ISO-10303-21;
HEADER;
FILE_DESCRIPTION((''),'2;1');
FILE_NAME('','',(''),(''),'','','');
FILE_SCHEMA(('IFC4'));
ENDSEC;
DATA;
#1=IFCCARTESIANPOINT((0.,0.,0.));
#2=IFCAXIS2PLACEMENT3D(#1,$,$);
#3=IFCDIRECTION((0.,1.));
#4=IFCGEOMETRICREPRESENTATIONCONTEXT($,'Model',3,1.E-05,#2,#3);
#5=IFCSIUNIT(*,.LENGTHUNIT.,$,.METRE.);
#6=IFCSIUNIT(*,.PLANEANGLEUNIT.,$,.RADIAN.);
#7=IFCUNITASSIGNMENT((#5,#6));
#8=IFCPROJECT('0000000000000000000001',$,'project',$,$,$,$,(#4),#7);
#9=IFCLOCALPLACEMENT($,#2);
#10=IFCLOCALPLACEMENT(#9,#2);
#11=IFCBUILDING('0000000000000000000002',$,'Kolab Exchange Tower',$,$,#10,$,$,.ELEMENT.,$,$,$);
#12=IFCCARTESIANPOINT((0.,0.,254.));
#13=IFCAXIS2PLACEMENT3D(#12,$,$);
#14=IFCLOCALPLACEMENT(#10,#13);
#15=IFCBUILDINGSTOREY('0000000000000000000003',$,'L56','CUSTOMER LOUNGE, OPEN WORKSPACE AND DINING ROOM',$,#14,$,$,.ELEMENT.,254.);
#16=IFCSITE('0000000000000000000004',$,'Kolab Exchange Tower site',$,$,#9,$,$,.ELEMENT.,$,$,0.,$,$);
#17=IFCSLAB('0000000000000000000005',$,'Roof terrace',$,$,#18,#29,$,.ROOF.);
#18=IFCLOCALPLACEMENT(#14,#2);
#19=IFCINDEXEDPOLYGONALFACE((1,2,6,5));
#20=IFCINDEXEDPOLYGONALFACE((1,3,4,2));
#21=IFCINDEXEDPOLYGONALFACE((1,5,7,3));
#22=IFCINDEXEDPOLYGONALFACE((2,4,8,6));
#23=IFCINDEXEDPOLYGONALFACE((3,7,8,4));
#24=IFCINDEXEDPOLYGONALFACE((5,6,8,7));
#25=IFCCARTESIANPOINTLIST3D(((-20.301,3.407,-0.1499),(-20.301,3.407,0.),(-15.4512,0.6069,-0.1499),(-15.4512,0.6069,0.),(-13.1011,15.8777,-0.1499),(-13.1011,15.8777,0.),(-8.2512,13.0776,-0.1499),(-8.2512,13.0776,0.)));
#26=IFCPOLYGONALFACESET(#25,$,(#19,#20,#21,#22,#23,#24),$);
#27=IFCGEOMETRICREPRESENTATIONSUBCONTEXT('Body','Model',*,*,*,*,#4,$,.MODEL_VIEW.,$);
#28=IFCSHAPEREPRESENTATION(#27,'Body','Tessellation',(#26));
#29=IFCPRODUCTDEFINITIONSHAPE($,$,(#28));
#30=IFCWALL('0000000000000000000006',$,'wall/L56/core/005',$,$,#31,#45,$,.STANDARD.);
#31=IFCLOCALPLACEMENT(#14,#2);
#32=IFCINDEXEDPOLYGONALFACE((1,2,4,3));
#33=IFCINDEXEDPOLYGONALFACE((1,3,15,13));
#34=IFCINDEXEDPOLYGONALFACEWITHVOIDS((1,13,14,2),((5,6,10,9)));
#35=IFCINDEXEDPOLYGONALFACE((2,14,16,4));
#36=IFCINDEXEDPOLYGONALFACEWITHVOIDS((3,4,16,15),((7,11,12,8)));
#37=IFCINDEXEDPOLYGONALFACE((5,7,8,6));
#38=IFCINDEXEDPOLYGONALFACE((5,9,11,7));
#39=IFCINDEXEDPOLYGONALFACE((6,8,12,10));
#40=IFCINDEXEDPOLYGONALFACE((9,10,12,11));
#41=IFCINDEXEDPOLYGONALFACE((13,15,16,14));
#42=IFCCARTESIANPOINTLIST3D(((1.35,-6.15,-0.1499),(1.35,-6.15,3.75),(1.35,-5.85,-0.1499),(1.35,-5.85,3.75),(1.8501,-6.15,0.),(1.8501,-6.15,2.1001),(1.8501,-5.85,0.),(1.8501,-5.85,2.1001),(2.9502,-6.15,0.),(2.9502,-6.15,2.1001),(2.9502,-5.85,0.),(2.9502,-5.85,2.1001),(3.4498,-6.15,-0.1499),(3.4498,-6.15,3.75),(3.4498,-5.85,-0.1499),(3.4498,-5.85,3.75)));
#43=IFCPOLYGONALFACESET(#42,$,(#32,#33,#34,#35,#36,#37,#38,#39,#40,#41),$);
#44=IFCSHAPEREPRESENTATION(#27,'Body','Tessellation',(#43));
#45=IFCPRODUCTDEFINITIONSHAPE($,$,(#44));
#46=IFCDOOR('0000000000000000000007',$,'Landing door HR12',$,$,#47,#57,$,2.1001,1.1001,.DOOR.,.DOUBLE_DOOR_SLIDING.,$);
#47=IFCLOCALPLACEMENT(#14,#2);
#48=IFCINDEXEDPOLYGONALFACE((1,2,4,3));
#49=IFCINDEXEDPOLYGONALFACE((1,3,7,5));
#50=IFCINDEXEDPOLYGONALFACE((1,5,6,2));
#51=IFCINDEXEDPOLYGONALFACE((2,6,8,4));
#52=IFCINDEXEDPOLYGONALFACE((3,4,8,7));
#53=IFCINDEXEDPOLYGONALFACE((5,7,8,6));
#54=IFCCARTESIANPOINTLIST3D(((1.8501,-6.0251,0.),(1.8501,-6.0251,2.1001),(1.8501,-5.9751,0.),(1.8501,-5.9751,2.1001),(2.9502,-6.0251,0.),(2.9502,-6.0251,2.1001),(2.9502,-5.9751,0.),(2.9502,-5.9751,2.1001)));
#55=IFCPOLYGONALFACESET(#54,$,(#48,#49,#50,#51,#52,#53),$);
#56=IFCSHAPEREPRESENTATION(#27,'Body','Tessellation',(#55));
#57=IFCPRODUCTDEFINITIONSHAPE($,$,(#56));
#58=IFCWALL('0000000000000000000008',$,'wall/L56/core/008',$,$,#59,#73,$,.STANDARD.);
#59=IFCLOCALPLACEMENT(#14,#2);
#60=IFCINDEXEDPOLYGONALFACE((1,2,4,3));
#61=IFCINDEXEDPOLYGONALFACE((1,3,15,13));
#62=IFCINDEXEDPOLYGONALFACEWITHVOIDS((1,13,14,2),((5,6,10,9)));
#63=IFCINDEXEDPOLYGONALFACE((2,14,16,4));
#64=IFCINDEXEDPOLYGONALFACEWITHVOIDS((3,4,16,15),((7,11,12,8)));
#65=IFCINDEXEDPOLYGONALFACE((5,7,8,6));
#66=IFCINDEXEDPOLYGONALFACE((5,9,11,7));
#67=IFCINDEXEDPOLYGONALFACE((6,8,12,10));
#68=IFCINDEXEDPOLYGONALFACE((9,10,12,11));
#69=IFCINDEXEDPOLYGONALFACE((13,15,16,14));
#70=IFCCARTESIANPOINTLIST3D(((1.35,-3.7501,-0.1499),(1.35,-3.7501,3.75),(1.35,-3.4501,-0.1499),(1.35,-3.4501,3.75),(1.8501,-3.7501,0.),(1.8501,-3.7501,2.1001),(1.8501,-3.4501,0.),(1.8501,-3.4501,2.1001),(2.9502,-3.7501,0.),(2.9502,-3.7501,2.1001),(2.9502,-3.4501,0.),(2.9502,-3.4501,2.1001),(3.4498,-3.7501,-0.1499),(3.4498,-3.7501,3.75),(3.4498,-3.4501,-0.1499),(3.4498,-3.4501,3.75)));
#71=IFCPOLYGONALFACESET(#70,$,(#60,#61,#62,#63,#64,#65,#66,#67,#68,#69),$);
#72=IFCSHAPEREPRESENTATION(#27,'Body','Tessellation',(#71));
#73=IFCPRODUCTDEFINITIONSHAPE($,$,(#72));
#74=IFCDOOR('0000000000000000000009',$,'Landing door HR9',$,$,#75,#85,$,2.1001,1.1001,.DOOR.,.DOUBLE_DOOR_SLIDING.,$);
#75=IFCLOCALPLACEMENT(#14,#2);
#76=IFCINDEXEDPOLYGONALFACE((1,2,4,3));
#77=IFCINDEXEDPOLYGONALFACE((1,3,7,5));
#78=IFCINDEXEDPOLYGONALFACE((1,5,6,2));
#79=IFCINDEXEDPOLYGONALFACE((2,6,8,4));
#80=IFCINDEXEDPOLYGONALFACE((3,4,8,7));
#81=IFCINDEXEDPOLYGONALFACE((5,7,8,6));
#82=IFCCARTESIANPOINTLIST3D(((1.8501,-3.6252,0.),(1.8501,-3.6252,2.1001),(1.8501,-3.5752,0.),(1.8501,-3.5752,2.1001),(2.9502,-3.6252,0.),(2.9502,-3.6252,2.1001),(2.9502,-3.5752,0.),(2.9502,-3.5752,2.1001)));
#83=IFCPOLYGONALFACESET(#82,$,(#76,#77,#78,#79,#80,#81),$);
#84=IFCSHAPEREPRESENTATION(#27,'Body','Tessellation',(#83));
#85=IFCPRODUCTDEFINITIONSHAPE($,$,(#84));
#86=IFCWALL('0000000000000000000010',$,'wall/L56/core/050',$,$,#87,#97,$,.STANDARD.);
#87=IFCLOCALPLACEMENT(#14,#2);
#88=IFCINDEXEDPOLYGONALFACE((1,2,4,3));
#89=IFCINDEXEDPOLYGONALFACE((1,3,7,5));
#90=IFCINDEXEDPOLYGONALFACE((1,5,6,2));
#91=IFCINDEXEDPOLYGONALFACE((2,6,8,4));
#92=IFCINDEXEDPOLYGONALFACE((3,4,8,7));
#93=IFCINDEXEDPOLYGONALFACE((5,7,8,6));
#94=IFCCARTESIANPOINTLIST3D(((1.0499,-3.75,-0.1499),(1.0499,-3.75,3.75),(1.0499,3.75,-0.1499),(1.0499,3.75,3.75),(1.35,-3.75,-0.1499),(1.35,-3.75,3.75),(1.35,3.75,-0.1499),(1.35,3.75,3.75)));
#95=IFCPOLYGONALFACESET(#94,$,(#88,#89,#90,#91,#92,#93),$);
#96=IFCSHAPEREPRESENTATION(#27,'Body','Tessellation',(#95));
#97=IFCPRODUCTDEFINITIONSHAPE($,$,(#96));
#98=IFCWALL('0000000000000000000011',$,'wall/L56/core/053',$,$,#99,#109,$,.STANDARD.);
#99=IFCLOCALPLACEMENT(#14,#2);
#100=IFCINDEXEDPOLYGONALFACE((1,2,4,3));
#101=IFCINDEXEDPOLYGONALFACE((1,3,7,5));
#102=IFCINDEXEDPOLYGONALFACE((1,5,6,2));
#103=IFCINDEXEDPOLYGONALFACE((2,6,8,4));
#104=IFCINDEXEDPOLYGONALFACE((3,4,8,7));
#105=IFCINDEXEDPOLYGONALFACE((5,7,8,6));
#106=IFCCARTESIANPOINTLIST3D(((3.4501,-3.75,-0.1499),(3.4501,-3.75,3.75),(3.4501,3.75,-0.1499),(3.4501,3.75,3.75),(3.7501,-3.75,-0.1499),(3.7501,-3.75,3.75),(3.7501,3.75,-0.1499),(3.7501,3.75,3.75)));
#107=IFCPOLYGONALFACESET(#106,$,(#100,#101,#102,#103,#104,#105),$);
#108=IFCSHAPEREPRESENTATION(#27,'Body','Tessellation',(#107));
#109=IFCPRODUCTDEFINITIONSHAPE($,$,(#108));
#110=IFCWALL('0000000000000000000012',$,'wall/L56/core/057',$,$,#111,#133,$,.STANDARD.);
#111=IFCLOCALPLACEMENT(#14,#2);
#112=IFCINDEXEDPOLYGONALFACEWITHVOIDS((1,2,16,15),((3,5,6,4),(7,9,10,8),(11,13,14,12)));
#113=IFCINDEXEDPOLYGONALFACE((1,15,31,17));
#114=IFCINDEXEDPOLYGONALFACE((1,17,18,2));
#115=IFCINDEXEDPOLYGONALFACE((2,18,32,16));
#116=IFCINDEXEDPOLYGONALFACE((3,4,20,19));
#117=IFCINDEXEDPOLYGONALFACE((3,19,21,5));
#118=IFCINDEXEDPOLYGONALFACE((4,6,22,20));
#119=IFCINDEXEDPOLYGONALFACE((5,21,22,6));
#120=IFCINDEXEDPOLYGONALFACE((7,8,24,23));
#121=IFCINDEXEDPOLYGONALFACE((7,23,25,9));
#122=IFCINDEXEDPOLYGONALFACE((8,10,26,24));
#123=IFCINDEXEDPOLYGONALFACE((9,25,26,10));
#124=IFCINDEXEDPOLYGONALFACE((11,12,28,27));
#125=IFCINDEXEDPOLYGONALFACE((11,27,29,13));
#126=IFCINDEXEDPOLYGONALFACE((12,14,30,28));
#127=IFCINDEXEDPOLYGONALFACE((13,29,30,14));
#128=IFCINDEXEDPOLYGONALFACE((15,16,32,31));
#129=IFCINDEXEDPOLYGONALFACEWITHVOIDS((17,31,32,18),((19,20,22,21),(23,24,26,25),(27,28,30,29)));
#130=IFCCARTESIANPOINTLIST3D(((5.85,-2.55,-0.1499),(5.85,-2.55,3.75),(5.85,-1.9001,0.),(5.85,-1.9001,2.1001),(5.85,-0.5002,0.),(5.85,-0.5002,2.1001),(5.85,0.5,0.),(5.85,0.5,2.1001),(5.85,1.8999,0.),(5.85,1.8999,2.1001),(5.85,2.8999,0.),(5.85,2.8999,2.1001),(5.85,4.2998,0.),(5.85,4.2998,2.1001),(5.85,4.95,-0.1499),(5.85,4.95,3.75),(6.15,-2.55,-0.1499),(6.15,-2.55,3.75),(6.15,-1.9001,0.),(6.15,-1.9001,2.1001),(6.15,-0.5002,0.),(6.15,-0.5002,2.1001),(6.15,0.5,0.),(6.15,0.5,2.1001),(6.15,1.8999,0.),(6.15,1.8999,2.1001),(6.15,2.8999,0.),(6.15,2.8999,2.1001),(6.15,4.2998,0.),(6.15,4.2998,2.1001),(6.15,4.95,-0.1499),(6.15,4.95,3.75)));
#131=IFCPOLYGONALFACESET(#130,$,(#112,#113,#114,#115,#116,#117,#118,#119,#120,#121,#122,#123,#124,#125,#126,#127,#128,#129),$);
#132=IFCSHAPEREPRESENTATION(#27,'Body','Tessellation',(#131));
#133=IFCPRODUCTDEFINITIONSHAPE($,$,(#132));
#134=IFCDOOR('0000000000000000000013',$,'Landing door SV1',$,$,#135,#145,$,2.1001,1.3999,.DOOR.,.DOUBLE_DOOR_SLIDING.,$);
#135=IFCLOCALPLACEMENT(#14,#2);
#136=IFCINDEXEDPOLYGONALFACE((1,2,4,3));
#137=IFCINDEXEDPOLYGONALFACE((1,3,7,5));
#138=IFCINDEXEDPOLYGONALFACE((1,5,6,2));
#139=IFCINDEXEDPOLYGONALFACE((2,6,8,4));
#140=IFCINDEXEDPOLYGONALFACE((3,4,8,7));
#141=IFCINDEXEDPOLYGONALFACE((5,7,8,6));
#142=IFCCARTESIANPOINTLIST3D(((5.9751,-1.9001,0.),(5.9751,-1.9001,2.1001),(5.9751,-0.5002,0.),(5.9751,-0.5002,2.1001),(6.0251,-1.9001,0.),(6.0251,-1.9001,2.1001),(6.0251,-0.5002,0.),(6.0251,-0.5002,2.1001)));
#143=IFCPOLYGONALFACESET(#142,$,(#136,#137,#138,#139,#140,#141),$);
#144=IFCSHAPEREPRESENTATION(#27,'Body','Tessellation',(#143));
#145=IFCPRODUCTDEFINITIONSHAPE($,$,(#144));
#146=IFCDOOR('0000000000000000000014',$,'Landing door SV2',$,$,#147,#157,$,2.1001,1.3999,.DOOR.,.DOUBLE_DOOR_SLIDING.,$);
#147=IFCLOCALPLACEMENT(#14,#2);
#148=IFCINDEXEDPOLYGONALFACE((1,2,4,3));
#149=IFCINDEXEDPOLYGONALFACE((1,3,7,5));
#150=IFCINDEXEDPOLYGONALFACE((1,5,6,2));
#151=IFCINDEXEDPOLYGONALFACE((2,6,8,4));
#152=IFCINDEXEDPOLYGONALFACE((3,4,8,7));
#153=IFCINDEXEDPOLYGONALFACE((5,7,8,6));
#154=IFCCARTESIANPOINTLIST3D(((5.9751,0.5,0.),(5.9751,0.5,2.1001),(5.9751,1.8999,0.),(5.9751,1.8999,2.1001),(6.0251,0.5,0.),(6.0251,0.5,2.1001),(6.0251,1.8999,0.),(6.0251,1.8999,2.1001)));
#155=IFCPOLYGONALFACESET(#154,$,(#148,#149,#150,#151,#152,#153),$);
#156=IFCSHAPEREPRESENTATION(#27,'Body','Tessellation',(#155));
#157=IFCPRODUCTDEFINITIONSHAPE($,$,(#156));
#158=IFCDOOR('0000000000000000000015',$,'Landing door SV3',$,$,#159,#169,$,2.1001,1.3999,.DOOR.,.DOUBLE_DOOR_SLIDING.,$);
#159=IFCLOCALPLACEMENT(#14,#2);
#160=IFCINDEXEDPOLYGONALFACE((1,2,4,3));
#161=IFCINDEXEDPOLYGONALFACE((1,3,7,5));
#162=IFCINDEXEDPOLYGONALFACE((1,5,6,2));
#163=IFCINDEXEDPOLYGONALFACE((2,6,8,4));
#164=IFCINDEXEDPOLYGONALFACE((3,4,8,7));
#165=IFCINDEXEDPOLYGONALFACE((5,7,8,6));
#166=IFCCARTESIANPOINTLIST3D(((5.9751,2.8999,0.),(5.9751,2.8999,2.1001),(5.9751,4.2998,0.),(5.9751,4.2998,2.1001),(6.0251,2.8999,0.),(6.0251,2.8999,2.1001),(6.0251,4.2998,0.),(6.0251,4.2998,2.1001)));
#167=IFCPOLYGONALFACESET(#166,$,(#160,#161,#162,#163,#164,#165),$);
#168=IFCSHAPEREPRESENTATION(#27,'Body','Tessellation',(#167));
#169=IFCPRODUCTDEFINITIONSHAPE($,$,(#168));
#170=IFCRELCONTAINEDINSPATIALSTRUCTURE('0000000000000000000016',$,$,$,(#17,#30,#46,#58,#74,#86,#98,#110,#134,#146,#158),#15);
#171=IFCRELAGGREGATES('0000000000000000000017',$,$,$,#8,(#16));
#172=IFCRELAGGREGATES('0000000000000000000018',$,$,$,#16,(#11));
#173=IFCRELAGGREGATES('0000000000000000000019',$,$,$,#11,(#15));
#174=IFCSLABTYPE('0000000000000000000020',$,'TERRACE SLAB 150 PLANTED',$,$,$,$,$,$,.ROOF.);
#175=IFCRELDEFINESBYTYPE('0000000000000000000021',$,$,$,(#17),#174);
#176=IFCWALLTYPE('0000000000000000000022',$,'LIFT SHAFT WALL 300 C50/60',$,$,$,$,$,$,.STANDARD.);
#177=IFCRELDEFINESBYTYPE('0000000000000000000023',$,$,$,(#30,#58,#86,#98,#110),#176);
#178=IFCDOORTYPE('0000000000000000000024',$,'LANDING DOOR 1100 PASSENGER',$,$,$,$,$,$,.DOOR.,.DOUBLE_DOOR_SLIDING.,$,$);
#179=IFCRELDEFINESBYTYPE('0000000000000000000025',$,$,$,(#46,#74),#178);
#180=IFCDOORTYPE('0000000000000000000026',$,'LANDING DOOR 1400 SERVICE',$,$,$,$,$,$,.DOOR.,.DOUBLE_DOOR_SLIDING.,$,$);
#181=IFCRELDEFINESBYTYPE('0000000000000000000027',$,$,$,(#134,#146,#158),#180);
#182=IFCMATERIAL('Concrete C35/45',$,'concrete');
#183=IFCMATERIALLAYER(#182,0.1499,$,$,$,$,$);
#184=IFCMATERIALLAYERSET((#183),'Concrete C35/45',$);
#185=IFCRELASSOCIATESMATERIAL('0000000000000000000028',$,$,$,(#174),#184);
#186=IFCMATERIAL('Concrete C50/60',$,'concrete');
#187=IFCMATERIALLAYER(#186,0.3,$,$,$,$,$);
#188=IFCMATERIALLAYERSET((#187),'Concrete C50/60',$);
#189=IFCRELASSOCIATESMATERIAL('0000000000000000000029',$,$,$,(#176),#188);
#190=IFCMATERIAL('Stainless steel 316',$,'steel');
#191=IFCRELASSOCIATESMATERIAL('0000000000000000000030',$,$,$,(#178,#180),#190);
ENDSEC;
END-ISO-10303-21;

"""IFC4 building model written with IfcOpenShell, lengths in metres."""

from ifc_helpers import new_model, si_unit, direction, frame, frame_2d, origin, place, context, subcontext, project, spatial, polyline, rectangle, outline, extrude, material, layer, layer_set, type_object, element, fill, save


model = new_model("IFC4")

# Units and contexts
model_context = context("Model", 3, precision=1e-05, world=origin(), true_north=direction((0.0, 1.0)))
body_context = subcontext(model_context, "Body", "Model", "MODEL_VIEW")
ifc_project = project(units=[si_unit("LENGTHUNIT", "METRE"), si_unit("PLANEANGLEUNIT", "RADIAN")], contexts=[model_context])

# Site, building, storey
site_placement = place(None, origin())
site = spatial("IfcSite", under=ifc_project, at=site_placement, Name="Kolab Exchange Tower site", CompositionType="ELEMENT", RefElevation=0.0)
building_placement = place(site_placement, origin())
building = spatial("IfcBuilding", under=site, at=building_placement, Name="Kolab Exchange Tower", CompositionType="ELEMENT")
storey_placement = place(building_placement, frame((0.0, 0.0, 254.0)))
storey = spatial("IfcBuildingStorey", under=building, at=storey_placement, Name="L56", Description="CUSTOMER LOUNGE, OPEN WORKSPACE AND DINING ROOM", CompositionType="ELEMENT", Elevation=254.0)

# Slab
ifc_material_1 = material(Name="Concrete C35/45", Category="concrete")
ifc_layer_1 = layer(ifc_material_1, 0.1499)
ifc_layer_set_1 = layer_set([ifc_layer_1], Name="Concrete C35/45")
slab_type = type_object("IfcSlabType", Name="TERRACE SLAB 150 PLANTED", PredefinedType="ROOF", material=ifc_layer_set_1)
slab_placement = place(storey_placement, frame((0.0, 0.0, -0.1499)))
element("IfcSlab", 1, at=slab_placement, inside=storey, type_object=slab_type, Name="Roof terrace", PredefinedType="ROOF", context=body_context, shape_type="SweptSolid", body=[
    extrude(outline(polyline([(-20.301, 3.407), (-15.4512, 0.6069), (-8.2512, 13.0776), (-13.1011, 15.8777), (-20.301, 3.407)])), origin(), (0.0, 0.0, 1.0), 0.1499),
])

# Walls, openings, doors
ifc_material_2 = material(Name="Concrete C50/60", Category="concrete")
ifc_layer_2 = layer(ifc_material_2, 0.3)
ifc_layer_set_2 = layer_set([ifc_layer_2], Name="Concrete C50/60")
wall_type_1 = type_object("IfcWallType", Name="LIFT SHAFT WALL 300 C50/60", PredefinedType="STANDARD", material=ifc_layer_set_2)
wall_1_placement = place(storey_placement, frame((1.3501, -6.0, -0.1499), z_axis=(0.0, 0.0, 1.0), x_axis=(1.0, 0.0, 0.0)))
wall_1 = element("IfcWall", 2, at=wall_1_placement, inside=storey, type_object=wall_type_1, Name="wall/L56/core/005", PredefinedType="STANDARD", context=body_context, shape_type="SweptSolid", body=[
    extrude(rectangle(XDim=2.0999, YDim=0.3, at=frame_2d((1.0498, 0.0))), origin(), (0.0, 0.0, 1.0), 3.8999),
])
opening_1_placement = place(wall_1_placement, frame((0.5, 0.0, 0.1499)))
opening_1 = element("IfcOpeningElement", 3, at=opening_1_placement, cuts=wall_1, PredefinedType="OPENING", context=body_context, shape_type="SweptSolid", body=[
    extrude(rectangle(XDim=1.1001, YDim=2.1001, at=frame_2d((0.55, 1.05))), frame((0.0, 0.1602, 0.0), z_axis=(0.0, -1.0, 0.0), x_axis=(1.0, 0.0, 0.0)), (0.0, 0.0, 1.0), 0.3201),
])
ifc_material_3 = material(Name="Stainless steel 316", Category="steel")
door_type_1 = type_object("IfcDoorType", Name="LANDING DOOR 1100 PASSENGER", OperationType="DOUBLE_DOOR_SLIDING", PredefinedType="DOOR", material=ifc_material_3)
door_1_placement = place(opening_1_placement, origin())
door_1 = element("IfcDoor", 4, at=door_1_placement, inside=storey, type_object=door_type_1, Name="Landing door HR12", OperationType="DOUBLE_DOOR_SLIDING", OverallHeight=2.1001, OverallWidth=1.1001, PredefinedType="DOOR", context=body_context, shape_type="SweptSolid", body=[
    extrude(rectangle(XDim=1.1001, YDim=2.1001, at=frame_2d((0.55, 1.05))), frame((0.0, 0.0249, 0.0), z_axis=(0.0, -1.0, 0.0), x_axis=(1.0, 0.0, 0.0)), (0.0, 0.0, 1.0), 0.05),
])
fill(opening_1, door_1)
wall_2_placement = place(storey_placement, frame((1.3501, -3.6001, -0.1499), z_axis=(0.0, 0.0, 1.0), x_axis=(1.0, 0.0, 0.0)))
wall_2 = element("IfcWall", 5, at=wall_2_placement, inside=storey, type_object=wall_type_1, Name="wall/L56/core/008", PredefinedType="STANDARD", context=body_context, shape_type="SweptSolid", body=[
    extrude(rectangle(XDim=2.0999, YDim=0.3, at=frame_2d((1.0498, 0.0))), origin(), (0.0, 0.0, 1.0), 3.8999),
])
opening_2_placement = place(wall_2_placement, frame((0.5, 0.0, 0.1499)))
opening_2 = element("IfcOpeningElement", 6, at=opening_2_placement, cuts=wall_2, PredefinedType="OPENING", context=body_context, shape_type="SweptSolid", body=[
    extrude(rectangle(XDim=1.1001, YDim=2.1001, at=frame_2d((0.55, 1.05))), frame((0.0, 0.1602, 0.0), z_axis=(0.0, -1.0, 0.0), x_axis=(1.0, 0.0, 0.0)), (0.0, 0.0, 1.0), 0.3201),
])
door_2_placement = place(opening_2_placement, origin())
door_2 = element("IfcDoor", 7, at=door_2_placement, inside=storey, type_object=door_type_1, Name="Landing door HR9", OperationType="DOUBLE_DOOR_SLIDING", OverallHeight=2.1001, OverallWidth=1.1001, PredefinedType="DOOR", context=body_context, shape_type="SweptSolid", body=[
    extrude(rectangle(XDim=1.1001, YDim=2.1001, at=frame_2d((0.55, 1.05))), frame((0.0, 0.0249, 0.0), z_axis=(0.0, -1.0, 0.0), x_axis=(1.0, 0.0, 0.0)), (0.0, 0.0, 1.0), 0.05),
])
fill(opening_2, door_2)

# Walls
for number, where, z_axis, x_axis, name in (
    (8, (1.2, -3.75, -0.1499), (0.0, 0.0, 1.0), (0.0, 1.0, 0.0), "wall/L56/core/050"),
    (9, (3.6001, -3.75, -0.1499), (0.0, 0.0, 1.0), (0.0, 1.0, 0.0), "wall/L56/core/053"),
):
    element("IfcWall", number, at=place(storey_placement, frame(where, z_axis=z_axis, x_axis=x_axis)), inside=storey, type_object=wall_type_1, Name=name, PredefinedType="STANDARD", context=body_context, shape_type="SweptSolid", body=[
        extrude(rectangle(XDim=7.5, YDim=0.3, at=frame_2d((3.75, 0.0))), origin(), (0.0, 0.0, 1.0), 3.8999),
    ])

# Wall, openings, doors
wall_3_placement = place(storey_placement, frame((6.0, -2.55, -0.1499), z_axis=(0.0, 0.0, 1.0), x_axis=(0.0, 1.0, 0.0)))
wall_3 = element("IfcWall", 10, at=wall_3_placement, inside=storey, type_object=wall_type_1, Name="wall/L56/core/057", PredefinedType="STANDARD", context=body_context, shape_type="SweptSolid", body=[
    extrude(rectangle(XDim=7.5, YDim=0.3, at=frame_2d((3.75, 0.0))), origin(), (0.0, 0.0, 1.0), 3.8999),
])
opening_3_placement = place(wall_3_placement, frame((0.6499, 0.0, 0.1499)))
opening_3 = element("IfcOpeningElement", 11, at=opening_3_placement, cuts=wall_3, PredefinedType="OPENING", context=body_context, shape_type="SweptSolid", body=[
    extrude(rectangle(XDim=1.3999, YDim=2.1001, at=frame_2d((0.7, 1.05))), frame((0.0, 0.1602, 0.0), z_axis=(0.0, -1.0, 0.0), x_axis=(1.0, 0.0, 0.0)), (0.0, 0.0, 1.0), 0.3201),
])
opening_4_placement = place(wall_3_placement, frame((3.05, 0.0, 0.1499)))
opening_4 = element("IfcOpeningElement", 12, at=opening_4_placement, cuts=wall_3, PredefinedType="OPENING", context=body_context, shape_type="SweptSolid", body=[
    extrude(rectangle(XDim=1.3999, YDim=2.1001, at=frame_2d((0.7, 1.05))), frame((0.0, 0.1602, 0.0), z_axis=(0.0, -1.0, 0.0), x_axis=(1.0, 0.0, 0.0)), (0.0, 0.0, 1.0), 0.3201),
])
opening_5_placement = place(wall_3_placement, frame((5.45, 0.0, 0.1499)))
opening_5 = element("IfcOpeningElement", 13, at=opening_5_placement, cuts=wall_3, PredefinedType="OPENING", context=body_context, shape_type="SweptSolid", body=[
    extrude(rectangle(XDim=1.3999, YDim=2.1001, at=frame_2d((0.7, 1.05))), frame((0.0, 0.1602, 0.0), z_axis=(0.0, -1.0, 0.0), x_axis=(1.0, 0.0, 0.0)), (0.0, 0.0, 1.0), 0.3201),
])
door_type_2 = type_object("IfcDoorType", Name="LANDING DOOR 1400 SERVICE", OperationType="DOUBLE_DOOR_SLIDING", PredefinedType="DOOR", material=ifc_material_3)
door_3_placement = place(opening_3_placement, origin())
door_3 = element("IfcDoor", 14, at=door_3_placement, inside=storey, type_object=door_type_2, Name="Landing door SV1", OperationType="DOUBLE_DOOR_SLIDING", OverallHeight=2.1001, OverallWidth=1.3999, PredefinedType="DOOR", context=body_context, shape_type="SweptSolid", body=[
    extrude(rectangle(XDim=1.3999, YDim=2.1001, at=frame_2d((0.7, 1.05))), frame((0.0, 0.0249, 0.0), z_axis=(0.0, -1.0, 0.0), x_axis=(1.0, 0.0, 0.0)), (0.0, 0.0, 1.0), 0.05),
])
fill(opening_3, door_3)
door_4_placement = place(opening_4_placement, origin())
door_4 = element("IfcDoor", 15, at=door_4_placement, inside=storey, type_object=door_type_2, Name="Landing door SV2", OperationType="DOUBLE_DOOR_SLIDING", OverallHeight=2.1001, OverallWidth=1.3999, PredefinedType="DOOR", context=body_context, shape_type="SweptSolid", body=[
    extrude(rectangle(XDim=1.3999, YDim=2.1001, at=frame_2d((0.7, 1.05))), frame((0.0, 0.0249, 0.0), z_axis=(0.0, -1.0, 0.0), x_axis=(1.0, 0.0, 0.0)), (0.0, 0.0, 1.0), 0.05),
])
fill(opening_4, door_4)
door_5_placement = place(opening_5_placement, origin())
door_5 = element("IfcDoor", 16, at=door_5_placement, inside=storey, type_object=door_type_2, Name="Landing door SV3", OperationType="DOUBLE_DOOR_SLIDING", OverallHeight=2.1001, OverallWidth=1.3999, PredefinedType="DOOR", context=body_context, shape_type="SweptSolid", body=[
    extrude(rectangle(XDim=1.3999, YDim=2.1001, at=frame_2d((0.7, 1.05))), frame((0.0, 0.0249, 0.0), z_axis=(0.0, -1.0, 0.0), x_axis=(1.0, 0.0, 0.0)), (0.0, 0.0, 1.0), 0.05),
])
fill(opening_5, door_5)

save(model, "model.ifc")
